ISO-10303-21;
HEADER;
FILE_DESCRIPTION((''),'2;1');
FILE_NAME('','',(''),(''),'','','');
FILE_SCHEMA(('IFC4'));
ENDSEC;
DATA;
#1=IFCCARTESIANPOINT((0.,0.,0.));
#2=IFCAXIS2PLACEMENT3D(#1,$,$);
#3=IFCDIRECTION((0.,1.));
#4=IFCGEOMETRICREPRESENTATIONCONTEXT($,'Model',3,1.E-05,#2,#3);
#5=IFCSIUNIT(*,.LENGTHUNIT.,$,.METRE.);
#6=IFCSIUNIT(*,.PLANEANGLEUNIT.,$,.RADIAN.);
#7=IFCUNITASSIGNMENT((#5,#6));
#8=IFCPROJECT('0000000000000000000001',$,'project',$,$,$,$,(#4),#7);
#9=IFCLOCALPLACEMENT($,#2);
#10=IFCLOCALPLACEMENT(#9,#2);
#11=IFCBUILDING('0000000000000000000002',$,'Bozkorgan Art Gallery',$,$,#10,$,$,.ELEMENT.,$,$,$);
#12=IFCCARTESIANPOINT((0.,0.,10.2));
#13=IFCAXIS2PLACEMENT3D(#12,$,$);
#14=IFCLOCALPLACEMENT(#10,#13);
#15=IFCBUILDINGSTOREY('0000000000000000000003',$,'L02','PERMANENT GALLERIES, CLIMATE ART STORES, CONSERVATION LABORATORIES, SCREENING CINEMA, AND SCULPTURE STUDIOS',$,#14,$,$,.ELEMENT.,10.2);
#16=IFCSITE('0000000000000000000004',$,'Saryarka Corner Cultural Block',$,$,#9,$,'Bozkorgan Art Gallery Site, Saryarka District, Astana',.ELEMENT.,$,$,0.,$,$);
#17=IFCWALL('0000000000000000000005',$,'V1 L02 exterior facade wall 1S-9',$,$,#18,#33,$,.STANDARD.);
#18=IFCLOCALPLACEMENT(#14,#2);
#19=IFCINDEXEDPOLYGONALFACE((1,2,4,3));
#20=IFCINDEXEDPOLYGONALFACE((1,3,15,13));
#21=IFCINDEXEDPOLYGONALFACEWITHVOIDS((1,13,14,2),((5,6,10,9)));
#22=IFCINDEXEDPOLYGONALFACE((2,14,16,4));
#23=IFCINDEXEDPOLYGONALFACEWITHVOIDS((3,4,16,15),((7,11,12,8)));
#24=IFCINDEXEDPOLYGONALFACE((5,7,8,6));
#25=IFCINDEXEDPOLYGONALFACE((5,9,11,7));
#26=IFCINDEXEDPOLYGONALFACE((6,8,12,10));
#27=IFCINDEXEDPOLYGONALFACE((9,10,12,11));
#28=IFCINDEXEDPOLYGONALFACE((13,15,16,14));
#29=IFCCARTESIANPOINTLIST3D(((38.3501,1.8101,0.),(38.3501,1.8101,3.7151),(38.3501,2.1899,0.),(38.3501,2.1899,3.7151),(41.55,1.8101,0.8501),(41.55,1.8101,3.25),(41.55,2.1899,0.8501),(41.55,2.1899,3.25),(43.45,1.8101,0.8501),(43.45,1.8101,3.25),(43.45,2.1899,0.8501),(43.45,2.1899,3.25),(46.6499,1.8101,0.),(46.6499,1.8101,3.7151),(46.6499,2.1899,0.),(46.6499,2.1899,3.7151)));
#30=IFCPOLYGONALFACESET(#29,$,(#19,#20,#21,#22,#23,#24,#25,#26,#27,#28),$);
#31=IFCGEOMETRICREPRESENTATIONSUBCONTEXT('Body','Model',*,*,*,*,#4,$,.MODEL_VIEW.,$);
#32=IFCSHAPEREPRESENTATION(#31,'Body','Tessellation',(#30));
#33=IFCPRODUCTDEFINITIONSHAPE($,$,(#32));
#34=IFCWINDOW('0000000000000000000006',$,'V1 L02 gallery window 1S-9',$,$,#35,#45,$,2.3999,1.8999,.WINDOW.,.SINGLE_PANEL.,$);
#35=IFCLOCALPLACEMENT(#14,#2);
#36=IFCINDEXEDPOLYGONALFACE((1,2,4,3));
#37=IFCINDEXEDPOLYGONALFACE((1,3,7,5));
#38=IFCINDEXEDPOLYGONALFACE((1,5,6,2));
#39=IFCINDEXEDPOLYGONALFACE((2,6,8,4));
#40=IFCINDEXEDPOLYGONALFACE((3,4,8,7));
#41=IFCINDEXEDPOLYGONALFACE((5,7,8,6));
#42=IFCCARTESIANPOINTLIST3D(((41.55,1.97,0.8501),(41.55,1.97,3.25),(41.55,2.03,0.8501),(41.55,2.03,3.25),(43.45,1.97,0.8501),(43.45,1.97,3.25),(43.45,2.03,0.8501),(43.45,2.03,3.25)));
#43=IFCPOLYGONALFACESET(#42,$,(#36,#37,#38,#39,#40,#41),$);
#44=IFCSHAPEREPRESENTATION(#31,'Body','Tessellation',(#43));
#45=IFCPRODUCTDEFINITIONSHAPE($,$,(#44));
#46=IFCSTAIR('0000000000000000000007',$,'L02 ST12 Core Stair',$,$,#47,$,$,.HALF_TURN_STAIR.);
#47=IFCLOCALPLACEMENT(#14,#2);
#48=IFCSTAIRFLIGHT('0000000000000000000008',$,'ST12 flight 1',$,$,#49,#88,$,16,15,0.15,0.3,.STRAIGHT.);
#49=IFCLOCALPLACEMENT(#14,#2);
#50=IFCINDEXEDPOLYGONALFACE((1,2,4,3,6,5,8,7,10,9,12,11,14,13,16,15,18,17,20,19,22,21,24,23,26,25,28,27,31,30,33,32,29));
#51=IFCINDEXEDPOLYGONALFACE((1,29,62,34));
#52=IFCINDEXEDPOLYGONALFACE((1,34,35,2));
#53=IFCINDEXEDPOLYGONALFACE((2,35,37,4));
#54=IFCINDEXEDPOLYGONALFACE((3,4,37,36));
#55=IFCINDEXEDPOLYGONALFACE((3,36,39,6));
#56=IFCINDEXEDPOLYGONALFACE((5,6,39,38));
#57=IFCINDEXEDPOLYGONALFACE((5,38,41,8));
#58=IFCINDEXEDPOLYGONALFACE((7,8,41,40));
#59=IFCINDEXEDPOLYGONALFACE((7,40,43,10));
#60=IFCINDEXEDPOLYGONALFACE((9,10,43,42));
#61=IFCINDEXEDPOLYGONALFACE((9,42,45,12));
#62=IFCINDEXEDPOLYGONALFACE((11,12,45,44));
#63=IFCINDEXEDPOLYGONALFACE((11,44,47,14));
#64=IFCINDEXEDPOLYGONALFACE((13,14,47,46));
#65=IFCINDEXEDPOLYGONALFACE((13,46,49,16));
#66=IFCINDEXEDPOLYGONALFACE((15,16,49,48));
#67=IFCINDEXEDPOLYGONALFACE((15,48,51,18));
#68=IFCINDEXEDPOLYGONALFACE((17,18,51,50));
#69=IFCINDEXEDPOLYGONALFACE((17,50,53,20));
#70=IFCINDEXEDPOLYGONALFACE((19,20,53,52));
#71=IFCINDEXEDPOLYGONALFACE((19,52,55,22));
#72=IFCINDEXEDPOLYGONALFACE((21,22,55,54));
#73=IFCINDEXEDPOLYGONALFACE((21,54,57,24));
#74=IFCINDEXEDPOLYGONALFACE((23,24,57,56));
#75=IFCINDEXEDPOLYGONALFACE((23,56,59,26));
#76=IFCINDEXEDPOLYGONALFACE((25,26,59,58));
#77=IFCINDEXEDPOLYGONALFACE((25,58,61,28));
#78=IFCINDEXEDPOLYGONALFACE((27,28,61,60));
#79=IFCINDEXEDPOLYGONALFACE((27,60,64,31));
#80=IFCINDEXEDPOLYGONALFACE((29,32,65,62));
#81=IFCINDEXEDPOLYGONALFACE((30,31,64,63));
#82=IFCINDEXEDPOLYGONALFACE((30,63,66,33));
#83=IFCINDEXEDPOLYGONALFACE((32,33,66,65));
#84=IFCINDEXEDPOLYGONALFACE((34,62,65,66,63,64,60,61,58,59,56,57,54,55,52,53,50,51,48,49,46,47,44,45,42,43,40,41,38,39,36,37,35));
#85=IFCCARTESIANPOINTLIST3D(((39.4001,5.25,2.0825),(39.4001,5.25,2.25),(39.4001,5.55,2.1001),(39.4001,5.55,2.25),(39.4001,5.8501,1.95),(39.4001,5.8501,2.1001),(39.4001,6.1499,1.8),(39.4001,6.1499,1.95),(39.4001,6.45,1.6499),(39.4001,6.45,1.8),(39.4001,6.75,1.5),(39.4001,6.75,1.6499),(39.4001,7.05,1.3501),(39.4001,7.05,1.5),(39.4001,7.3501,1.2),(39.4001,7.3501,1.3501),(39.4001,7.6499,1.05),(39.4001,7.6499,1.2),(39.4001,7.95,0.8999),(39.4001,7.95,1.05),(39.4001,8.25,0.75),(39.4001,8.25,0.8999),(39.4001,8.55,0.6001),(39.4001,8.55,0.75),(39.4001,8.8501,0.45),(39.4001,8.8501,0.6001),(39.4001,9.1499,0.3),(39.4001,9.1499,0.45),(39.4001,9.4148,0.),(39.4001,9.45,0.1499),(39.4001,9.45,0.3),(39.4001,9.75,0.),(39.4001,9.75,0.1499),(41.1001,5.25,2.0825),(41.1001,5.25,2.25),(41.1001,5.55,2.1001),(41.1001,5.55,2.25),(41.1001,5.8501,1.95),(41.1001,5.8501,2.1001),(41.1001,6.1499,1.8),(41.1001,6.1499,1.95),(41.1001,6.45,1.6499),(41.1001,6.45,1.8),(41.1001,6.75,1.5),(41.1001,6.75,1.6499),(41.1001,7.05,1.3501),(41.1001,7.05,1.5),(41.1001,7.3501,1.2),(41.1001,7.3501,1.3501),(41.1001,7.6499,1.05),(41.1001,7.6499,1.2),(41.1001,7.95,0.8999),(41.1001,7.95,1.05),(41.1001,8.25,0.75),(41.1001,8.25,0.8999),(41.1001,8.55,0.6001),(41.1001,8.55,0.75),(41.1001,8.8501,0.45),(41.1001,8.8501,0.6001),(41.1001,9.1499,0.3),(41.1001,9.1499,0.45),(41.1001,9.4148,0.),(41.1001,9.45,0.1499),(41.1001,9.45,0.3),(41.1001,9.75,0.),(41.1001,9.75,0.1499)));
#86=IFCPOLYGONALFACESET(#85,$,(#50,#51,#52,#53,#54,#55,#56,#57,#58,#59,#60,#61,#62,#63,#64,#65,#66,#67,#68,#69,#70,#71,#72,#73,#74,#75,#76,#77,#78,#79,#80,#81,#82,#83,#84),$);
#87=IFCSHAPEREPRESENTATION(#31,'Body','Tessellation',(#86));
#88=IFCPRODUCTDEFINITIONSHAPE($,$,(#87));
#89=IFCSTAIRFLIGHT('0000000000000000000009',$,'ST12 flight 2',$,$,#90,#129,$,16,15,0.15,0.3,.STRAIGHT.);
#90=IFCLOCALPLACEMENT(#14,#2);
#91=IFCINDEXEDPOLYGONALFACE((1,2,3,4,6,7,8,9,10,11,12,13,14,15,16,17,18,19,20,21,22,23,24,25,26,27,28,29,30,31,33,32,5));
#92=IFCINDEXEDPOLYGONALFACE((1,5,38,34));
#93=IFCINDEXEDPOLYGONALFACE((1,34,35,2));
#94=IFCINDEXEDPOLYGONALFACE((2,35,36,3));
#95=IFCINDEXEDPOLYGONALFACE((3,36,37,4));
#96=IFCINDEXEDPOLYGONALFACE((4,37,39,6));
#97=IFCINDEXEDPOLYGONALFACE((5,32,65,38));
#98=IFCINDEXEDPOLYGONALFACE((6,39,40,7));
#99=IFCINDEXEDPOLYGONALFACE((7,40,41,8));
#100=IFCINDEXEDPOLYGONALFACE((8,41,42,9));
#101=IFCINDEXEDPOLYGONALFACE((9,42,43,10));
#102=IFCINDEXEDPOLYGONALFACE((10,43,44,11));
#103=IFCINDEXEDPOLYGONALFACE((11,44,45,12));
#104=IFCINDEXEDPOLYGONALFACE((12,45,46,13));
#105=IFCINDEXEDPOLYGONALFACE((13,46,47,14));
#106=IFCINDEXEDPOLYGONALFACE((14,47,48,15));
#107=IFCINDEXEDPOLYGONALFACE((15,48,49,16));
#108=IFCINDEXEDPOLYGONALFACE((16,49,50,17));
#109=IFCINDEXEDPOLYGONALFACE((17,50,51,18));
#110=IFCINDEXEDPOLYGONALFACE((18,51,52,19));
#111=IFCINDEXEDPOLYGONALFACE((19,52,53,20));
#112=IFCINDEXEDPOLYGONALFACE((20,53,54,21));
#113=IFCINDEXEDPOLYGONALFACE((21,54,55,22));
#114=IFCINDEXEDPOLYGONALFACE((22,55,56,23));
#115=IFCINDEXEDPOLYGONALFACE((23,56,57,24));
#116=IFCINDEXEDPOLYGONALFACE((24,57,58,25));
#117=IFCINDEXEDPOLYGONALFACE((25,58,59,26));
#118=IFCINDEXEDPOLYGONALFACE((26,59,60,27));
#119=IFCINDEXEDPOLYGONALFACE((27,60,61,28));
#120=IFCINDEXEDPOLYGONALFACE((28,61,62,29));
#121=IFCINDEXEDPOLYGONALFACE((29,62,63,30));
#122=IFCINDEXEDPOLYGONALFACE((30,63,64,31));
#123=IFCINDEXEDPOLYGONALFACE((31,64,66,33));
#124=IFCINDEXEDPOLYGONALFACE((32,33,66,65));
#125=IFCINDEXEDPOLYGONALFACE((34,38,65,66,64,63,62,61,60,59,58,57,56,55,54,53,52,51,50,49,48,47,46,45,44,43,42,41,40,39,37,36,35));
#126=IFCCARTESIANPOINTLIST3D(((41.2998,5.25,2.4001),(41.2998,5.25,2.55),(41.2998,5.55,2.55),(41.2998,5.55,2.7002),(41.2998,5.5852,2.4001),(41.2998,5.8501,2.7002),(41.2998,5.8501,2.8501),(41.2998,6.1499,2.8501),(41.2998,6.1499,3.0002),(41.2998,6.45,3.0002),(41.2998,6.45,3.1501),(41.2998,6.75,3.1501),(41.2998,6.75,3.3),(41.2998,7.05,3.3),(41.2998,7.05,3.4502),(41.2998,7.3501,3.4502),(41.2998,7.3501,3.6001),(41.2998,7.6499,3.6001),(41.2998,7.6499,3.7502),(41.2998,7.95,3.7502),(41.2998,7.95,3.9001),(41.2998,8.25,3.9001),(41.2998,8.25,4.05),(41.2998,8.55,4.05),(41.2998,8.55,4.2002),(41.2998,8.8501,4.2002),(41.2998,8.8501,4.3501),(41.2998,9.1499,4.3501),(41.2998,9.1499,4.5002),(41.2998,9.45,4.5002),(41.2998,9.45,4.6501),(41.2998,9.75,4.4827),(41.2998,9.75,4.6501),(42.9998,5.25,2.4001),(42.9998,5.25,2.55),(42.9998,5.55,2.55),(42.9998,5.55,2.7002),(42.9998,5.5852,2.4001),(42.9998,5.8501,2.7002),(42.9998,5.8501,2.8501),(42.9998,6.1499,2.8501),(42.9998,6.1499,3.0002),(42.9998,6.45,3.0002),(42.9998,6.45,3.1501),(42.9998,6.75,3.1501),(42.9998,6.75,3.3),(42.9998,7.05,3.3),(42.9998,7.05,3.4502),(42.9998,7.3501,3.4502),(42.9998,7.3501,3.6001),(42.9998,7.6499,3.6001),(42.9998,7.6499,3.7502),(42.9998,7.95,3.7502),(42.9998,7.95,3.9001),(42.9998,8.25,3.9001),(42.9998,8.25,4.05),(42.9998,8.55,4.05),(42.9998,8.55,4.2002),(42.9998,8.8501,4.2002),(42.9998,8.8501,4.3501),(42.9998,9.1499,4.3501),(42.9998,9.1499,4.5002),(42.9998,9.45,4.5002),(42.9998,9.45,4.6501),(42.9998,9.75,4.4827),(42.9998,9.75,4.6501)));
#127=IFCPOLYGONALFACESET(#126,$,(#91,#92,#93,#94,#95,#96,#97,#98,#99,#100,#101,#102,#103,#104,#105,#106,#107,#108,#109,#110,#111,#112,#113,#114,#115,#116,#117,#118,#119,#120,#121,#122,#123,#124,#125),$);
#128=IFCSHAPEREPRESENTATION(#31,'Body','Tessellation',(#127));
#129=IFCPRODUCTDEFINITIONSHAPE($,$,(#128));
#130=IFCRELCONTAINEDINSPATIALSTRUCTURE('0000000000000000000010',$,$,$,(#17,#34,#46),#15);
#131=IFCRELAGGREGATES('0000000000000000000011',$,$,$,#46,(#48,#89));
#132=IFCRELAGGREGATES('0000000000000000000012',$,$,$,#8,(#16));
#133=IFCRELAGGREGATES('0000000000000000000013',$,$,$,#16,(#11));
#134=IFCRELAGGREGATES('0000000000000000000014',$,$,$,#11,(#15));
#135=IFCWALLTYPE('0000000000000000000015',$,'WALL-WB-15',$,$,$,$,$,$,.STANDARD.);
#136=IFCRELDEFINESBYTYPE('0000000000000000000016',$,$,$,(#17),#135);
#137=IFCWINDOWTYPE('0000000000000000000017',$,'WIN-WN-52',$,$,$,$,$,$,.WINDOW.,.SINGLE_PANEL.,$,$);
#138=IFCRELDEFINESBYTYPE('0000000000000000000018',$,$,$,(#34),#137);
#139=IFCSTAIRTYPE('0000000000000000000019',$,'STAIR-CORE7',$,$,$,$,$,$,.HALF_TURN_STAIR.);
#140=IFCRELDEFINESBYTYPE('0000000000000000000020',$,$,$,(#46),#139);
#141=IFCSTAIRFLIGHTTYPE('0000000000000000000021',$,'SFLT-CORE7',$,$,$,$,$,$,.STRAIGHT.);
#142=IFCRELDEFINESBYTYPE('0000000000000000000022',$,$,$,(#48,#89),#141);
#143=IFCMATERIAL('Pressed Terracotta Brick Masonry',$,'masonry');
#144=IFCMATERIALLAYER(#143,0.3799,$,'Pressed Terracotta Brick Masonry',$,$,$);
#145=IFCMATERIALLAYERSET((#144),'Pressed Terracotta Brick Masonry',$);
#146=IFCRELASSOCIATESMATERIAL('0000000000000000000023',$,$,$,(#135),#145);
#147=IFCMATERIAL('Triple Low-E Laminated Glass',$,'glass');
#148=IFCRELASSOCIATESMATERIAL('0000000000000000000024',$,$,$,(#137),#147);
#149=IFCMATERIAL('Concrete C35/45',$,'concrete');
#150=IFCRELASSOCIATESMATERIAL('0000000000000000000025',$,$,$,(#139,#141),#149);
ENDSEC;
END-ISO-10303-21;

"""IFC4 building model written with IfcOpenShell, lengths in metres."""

from ifc_helpers import new_model, si_unit, direction, frame, frame_2d, origin, place, context, subcontext, project, spatial, polyline, rectangle, outline, extrude, material, layer, layer_set, type_object, element, fill, aggregate, save


model = new_model("IFC4")

# Units and contexts
model_context = context("Model", 3, precision=1e-05, world=origin(), true_north=direction((0.0, 1.0)))
body_context = subcontext(model_context, "Body", "Model", "MODEL_VIEW")
ifc_project = project(units=[si_unit("LENGTHUNIT", "METRE"), si_unit("PLANEANGLEUNIT", "RADIAN")], contexts=[model_context])

# Site, building, storey
site_placement = place(None, origin())
site = spatial("IfcSite", under=ifc_project, at=site_placement, Name="Saryarka Corner Cultural Block", LongName="Bozkorgan Art Gallery Site, Saryarka District, Astana", CompositionType="ELEMENT", RefElevation=0.0)
building_placement = place(site_placement, origin())
building = spatial("IfcBuilding", under=site, at=building_placement, Name="Bozkorgan Art Gallery", CompositionType="ELEMENT")
storey_placement = place(building_placement, frame((0.0, 0.0, 10.2)))
storey = spatial("IfcBuildingStorey", under=building, at=storey_placement, Name="L02", Description="PERMANENT GALLERIES, CLIMATE ART STORES, CONSERVATION LABORATORIES, SCREENING CINEMA, AND SCULPTURE STUDIOS", CompositionType="ELEMENT", Elevation=10.2)

# Shared definitions
ifc_material_1 = material(Name="Concrete C35/45", Category="concrete")

# Shared definitions
ifc_material_2 = material(Name="Triple Low-E Laminated Glass", Category="glass")

# Wall, opening, window
ifc_material_3 = material(Name="Pressed Terracotta Brick Masonry", Category="masonry")
ifc_layer_1 = layer(ifc_material_3, 0.3799, Name="Pressed Terracotta Brick Masonry")
ifc_layer_set_1 = layer_set([ifc_layer_1], Name="Pressed Terracotta Brick Masonry")
wall_type_1 = type_object("IfcWallType", Name="WALL-WB-15", PredefinedType="STANDARD", material=ifc_layer_set_1)
wall_1_placement = place(storey_placement, frame((38.3501, 2.0, 0.0), z_axis=(0.0, 0.0, 1.0), x_axis=(1.0, 0.0, 0.0)))
wall_1 = element("IfcWall", 1, at=wall_1_placement, inside=storey, type_object=wall_type_1, Name="V1 L02 exterior facade wall 1S-9", PredefinedType="STANDARD", context=body_context, shape_type="SweptSolid", body=[
    extrude(rectangle(XDim=8.2998, YDim=0.3799, at=frame_2d((4.1499, 0.0))), origin(), (0.0, 0.0, 1.0), 3.7151),
])
opening_1_placement = place(wall_1_placement, frame((5.0999, 0.0, 0.8501), z_axis=(0.0, 0.0, 1.0), x_axis=(-1.0, 0.0, 0.0)))
opening_1 = element("IfcOpeningElement", 2, at=opening_1_placement, cuts=wall_1, PredefinedType="OPENING", context=body_context, shape_type="SweptSolid", body=[
    extrude(rectangle(XDim=1.8999, YDim=2.3999, at=frame_2d((0.95, 1.2))), frame((0.0, 0.2, 0.0), z_axis=(0.0, -1.0, 0.0), x_axis=(1.0, 0.0, 0.0)), (0.0, 0.0, 1.0), 0.3999),
])
window_type = type_object("IfcWindowType", Name="WIN-WN-52", PartitioningType="SINGLE_PANEL", PredefinedType="WINDOW", material=ifc_material_2)
window_placement = place(opening_1_placement, origin())
window = element("IfcWindow", 3, at=window_placement, inside=storey, type_object=window_type, Name="V1 L02 gallery window 1S-9", OverallHeight=2.3999, OverallWidth=1.8999, PartitioningType="SINGLE_PANEL", PredefinedType="WINDOW", context=body_context, shape_type="SweptSolid", body=[
    extrude(rectangle(XDim=1.8999, YDim=2.3999, at=frame_2d((0.95, 1.2))), frame((0.0, 0.03, 0.0), z_axis=(0.0, -1.0, 0.0), x_axis=(1.0, 0.0, 0.0)), (0.0, 0.0, 1.0), 0.0601),
])
fill(opening_1, window)

# Stair, stair flights
stair_type = type_object("IfcStairType", Name="STAIR-CORE7", PredefinedType="HALF_TURN_STAIR", material=ifc_material_1)
stair_placement = place(storey_placement, origin())
stair = element("IfcStair", 4, at=stair_placement, inside=storey, type_object=stair_type, Name="L02 ST12 Core Stair", PredefinedType="HALF_TURN_STAIR")
stair_flight_type = type_object("IfcStairFlightType", Name="SFLT-CORE7", PredefinedType="STRAIGHT", material=ifc_material_1)
stair_flight_1_placement = place(storey_placement, frame((40.25, 9.75, 0.0), z_axis=(0.0, 0.0, 1.0), x_axis=(0.0, -1.0, 0.0)))
stair_flight_1 = element("IfcStairFlight", 5, at=stair_flight_1_placement, type_object=stair_flight_type, Name="ST12 flight 1", NumberOfRisers=16, NumberOfTreads=15, PredefinedType="STRAIGHT", RiserHeight=0.15, TreadLength=0.3, context=body_context, shape_type="SweptSolid", body=[
    extrude(outline(polyline([(0.0, 0.0), (0.0, 0.1499), (0.3, 0.1499), (0.3, 0.3), (0.6001, 0.3), (0.6001, 0.45), (0.8999, 0.45), (0.8999, 0.6001), (1.2, 0.6001), (1.2, 0.75), (1.5, 0.75), (1.5, 0.8999), (1.8, 0.8999), (1.8, 1.05), (2.1001, 1.05), (2.1001, 1.2), (2.3999, 1.2), (2.3999, 1.3501), (2.7, 1.3501), (2.7, 1.5), (3.0, 1.5), (3.0, 1.6499), (3.3, 1.6499), (3.3, 1.8), (3.6001, 1.8), (3.6001, 1.95), (3.8999, 1.95), (3.8999, 2.1001), (4.2, 2.1001), (4.2, 2.25), (4.5, 2.25), (4.5, 2.3999), (4.5, 2.0825), (0.3352, 0.0), (0.0, 0.0)])), frame((0.0, 0.8501, 0.0), z_axis=(0.0, -1.0, 0.0), x_axis=(1.0, 0.0, 0.0)), (0.0, 0.0, 1.0), 1.7),
])
stair_flight_2_placement = place(storey_placement, frame((42.1499, 5.25, 2.4001), z_axis=(0.0, 0.0, 1.0), x_axis=(0.0, 1.0, 0.0)))
stair_flight_2 = element("IfcStairFlight", 6, at=stair_flight_2_placement, type_object=stair_flight_type, Name="ST12 flight 2", NumberOfRisers=16, NumberOfTreads=15, PredefinedType="STRAIGHT", RiserHeight=0.15, TreadLength=0.3, context=body_context, shape_type="SweptSolid", body=[
    extrude(outline(polyline([(0.0, 0.0), (0.0, 0.1499), (0.3, 0.1499), (0.3, 0.3), (0.6001, 0.3), (0.6001, 0.45), (0.8999, 0.45), (0.8999, 0.6001), (1.2, 0.6001), (1.2, 0.75), (1.5, 0.75), (1.5, 0.8999), (1.8, 0.8999), (1.8, 1.05), (2.1001, 1.05), (2.1001, 1.2), (2.3999, 1.2), (2.3999, 1.3501), (2.7, 1.3501), (2.7, 1.5), (3.0, 1.5), (3.0, 1.6499), (3.3, 1.6499), (3.3, 1.8), (3.6001, 1.8), (3.6001, 1.95), (3.8999, 1.95), (3.8999, 2.1001), (4.2, 2.1001), (4.2, 2.25), (4.5, 2.25), (4.5, 2.3999), (4.5, 2.0825), (0.3352, 0.0), (0.0, 0.0)])), frame((0.0, 0.8501, 0.0), z_axis=(0.0, -1.0, 0.0), x_axis=(1.0, 0.0, 0.0)), (0.0, 0.0, 1.0), 1.7),
])
aggregate(stair, [stair_flight_1, stair_flight_2])

save(model, "model.ifc")
